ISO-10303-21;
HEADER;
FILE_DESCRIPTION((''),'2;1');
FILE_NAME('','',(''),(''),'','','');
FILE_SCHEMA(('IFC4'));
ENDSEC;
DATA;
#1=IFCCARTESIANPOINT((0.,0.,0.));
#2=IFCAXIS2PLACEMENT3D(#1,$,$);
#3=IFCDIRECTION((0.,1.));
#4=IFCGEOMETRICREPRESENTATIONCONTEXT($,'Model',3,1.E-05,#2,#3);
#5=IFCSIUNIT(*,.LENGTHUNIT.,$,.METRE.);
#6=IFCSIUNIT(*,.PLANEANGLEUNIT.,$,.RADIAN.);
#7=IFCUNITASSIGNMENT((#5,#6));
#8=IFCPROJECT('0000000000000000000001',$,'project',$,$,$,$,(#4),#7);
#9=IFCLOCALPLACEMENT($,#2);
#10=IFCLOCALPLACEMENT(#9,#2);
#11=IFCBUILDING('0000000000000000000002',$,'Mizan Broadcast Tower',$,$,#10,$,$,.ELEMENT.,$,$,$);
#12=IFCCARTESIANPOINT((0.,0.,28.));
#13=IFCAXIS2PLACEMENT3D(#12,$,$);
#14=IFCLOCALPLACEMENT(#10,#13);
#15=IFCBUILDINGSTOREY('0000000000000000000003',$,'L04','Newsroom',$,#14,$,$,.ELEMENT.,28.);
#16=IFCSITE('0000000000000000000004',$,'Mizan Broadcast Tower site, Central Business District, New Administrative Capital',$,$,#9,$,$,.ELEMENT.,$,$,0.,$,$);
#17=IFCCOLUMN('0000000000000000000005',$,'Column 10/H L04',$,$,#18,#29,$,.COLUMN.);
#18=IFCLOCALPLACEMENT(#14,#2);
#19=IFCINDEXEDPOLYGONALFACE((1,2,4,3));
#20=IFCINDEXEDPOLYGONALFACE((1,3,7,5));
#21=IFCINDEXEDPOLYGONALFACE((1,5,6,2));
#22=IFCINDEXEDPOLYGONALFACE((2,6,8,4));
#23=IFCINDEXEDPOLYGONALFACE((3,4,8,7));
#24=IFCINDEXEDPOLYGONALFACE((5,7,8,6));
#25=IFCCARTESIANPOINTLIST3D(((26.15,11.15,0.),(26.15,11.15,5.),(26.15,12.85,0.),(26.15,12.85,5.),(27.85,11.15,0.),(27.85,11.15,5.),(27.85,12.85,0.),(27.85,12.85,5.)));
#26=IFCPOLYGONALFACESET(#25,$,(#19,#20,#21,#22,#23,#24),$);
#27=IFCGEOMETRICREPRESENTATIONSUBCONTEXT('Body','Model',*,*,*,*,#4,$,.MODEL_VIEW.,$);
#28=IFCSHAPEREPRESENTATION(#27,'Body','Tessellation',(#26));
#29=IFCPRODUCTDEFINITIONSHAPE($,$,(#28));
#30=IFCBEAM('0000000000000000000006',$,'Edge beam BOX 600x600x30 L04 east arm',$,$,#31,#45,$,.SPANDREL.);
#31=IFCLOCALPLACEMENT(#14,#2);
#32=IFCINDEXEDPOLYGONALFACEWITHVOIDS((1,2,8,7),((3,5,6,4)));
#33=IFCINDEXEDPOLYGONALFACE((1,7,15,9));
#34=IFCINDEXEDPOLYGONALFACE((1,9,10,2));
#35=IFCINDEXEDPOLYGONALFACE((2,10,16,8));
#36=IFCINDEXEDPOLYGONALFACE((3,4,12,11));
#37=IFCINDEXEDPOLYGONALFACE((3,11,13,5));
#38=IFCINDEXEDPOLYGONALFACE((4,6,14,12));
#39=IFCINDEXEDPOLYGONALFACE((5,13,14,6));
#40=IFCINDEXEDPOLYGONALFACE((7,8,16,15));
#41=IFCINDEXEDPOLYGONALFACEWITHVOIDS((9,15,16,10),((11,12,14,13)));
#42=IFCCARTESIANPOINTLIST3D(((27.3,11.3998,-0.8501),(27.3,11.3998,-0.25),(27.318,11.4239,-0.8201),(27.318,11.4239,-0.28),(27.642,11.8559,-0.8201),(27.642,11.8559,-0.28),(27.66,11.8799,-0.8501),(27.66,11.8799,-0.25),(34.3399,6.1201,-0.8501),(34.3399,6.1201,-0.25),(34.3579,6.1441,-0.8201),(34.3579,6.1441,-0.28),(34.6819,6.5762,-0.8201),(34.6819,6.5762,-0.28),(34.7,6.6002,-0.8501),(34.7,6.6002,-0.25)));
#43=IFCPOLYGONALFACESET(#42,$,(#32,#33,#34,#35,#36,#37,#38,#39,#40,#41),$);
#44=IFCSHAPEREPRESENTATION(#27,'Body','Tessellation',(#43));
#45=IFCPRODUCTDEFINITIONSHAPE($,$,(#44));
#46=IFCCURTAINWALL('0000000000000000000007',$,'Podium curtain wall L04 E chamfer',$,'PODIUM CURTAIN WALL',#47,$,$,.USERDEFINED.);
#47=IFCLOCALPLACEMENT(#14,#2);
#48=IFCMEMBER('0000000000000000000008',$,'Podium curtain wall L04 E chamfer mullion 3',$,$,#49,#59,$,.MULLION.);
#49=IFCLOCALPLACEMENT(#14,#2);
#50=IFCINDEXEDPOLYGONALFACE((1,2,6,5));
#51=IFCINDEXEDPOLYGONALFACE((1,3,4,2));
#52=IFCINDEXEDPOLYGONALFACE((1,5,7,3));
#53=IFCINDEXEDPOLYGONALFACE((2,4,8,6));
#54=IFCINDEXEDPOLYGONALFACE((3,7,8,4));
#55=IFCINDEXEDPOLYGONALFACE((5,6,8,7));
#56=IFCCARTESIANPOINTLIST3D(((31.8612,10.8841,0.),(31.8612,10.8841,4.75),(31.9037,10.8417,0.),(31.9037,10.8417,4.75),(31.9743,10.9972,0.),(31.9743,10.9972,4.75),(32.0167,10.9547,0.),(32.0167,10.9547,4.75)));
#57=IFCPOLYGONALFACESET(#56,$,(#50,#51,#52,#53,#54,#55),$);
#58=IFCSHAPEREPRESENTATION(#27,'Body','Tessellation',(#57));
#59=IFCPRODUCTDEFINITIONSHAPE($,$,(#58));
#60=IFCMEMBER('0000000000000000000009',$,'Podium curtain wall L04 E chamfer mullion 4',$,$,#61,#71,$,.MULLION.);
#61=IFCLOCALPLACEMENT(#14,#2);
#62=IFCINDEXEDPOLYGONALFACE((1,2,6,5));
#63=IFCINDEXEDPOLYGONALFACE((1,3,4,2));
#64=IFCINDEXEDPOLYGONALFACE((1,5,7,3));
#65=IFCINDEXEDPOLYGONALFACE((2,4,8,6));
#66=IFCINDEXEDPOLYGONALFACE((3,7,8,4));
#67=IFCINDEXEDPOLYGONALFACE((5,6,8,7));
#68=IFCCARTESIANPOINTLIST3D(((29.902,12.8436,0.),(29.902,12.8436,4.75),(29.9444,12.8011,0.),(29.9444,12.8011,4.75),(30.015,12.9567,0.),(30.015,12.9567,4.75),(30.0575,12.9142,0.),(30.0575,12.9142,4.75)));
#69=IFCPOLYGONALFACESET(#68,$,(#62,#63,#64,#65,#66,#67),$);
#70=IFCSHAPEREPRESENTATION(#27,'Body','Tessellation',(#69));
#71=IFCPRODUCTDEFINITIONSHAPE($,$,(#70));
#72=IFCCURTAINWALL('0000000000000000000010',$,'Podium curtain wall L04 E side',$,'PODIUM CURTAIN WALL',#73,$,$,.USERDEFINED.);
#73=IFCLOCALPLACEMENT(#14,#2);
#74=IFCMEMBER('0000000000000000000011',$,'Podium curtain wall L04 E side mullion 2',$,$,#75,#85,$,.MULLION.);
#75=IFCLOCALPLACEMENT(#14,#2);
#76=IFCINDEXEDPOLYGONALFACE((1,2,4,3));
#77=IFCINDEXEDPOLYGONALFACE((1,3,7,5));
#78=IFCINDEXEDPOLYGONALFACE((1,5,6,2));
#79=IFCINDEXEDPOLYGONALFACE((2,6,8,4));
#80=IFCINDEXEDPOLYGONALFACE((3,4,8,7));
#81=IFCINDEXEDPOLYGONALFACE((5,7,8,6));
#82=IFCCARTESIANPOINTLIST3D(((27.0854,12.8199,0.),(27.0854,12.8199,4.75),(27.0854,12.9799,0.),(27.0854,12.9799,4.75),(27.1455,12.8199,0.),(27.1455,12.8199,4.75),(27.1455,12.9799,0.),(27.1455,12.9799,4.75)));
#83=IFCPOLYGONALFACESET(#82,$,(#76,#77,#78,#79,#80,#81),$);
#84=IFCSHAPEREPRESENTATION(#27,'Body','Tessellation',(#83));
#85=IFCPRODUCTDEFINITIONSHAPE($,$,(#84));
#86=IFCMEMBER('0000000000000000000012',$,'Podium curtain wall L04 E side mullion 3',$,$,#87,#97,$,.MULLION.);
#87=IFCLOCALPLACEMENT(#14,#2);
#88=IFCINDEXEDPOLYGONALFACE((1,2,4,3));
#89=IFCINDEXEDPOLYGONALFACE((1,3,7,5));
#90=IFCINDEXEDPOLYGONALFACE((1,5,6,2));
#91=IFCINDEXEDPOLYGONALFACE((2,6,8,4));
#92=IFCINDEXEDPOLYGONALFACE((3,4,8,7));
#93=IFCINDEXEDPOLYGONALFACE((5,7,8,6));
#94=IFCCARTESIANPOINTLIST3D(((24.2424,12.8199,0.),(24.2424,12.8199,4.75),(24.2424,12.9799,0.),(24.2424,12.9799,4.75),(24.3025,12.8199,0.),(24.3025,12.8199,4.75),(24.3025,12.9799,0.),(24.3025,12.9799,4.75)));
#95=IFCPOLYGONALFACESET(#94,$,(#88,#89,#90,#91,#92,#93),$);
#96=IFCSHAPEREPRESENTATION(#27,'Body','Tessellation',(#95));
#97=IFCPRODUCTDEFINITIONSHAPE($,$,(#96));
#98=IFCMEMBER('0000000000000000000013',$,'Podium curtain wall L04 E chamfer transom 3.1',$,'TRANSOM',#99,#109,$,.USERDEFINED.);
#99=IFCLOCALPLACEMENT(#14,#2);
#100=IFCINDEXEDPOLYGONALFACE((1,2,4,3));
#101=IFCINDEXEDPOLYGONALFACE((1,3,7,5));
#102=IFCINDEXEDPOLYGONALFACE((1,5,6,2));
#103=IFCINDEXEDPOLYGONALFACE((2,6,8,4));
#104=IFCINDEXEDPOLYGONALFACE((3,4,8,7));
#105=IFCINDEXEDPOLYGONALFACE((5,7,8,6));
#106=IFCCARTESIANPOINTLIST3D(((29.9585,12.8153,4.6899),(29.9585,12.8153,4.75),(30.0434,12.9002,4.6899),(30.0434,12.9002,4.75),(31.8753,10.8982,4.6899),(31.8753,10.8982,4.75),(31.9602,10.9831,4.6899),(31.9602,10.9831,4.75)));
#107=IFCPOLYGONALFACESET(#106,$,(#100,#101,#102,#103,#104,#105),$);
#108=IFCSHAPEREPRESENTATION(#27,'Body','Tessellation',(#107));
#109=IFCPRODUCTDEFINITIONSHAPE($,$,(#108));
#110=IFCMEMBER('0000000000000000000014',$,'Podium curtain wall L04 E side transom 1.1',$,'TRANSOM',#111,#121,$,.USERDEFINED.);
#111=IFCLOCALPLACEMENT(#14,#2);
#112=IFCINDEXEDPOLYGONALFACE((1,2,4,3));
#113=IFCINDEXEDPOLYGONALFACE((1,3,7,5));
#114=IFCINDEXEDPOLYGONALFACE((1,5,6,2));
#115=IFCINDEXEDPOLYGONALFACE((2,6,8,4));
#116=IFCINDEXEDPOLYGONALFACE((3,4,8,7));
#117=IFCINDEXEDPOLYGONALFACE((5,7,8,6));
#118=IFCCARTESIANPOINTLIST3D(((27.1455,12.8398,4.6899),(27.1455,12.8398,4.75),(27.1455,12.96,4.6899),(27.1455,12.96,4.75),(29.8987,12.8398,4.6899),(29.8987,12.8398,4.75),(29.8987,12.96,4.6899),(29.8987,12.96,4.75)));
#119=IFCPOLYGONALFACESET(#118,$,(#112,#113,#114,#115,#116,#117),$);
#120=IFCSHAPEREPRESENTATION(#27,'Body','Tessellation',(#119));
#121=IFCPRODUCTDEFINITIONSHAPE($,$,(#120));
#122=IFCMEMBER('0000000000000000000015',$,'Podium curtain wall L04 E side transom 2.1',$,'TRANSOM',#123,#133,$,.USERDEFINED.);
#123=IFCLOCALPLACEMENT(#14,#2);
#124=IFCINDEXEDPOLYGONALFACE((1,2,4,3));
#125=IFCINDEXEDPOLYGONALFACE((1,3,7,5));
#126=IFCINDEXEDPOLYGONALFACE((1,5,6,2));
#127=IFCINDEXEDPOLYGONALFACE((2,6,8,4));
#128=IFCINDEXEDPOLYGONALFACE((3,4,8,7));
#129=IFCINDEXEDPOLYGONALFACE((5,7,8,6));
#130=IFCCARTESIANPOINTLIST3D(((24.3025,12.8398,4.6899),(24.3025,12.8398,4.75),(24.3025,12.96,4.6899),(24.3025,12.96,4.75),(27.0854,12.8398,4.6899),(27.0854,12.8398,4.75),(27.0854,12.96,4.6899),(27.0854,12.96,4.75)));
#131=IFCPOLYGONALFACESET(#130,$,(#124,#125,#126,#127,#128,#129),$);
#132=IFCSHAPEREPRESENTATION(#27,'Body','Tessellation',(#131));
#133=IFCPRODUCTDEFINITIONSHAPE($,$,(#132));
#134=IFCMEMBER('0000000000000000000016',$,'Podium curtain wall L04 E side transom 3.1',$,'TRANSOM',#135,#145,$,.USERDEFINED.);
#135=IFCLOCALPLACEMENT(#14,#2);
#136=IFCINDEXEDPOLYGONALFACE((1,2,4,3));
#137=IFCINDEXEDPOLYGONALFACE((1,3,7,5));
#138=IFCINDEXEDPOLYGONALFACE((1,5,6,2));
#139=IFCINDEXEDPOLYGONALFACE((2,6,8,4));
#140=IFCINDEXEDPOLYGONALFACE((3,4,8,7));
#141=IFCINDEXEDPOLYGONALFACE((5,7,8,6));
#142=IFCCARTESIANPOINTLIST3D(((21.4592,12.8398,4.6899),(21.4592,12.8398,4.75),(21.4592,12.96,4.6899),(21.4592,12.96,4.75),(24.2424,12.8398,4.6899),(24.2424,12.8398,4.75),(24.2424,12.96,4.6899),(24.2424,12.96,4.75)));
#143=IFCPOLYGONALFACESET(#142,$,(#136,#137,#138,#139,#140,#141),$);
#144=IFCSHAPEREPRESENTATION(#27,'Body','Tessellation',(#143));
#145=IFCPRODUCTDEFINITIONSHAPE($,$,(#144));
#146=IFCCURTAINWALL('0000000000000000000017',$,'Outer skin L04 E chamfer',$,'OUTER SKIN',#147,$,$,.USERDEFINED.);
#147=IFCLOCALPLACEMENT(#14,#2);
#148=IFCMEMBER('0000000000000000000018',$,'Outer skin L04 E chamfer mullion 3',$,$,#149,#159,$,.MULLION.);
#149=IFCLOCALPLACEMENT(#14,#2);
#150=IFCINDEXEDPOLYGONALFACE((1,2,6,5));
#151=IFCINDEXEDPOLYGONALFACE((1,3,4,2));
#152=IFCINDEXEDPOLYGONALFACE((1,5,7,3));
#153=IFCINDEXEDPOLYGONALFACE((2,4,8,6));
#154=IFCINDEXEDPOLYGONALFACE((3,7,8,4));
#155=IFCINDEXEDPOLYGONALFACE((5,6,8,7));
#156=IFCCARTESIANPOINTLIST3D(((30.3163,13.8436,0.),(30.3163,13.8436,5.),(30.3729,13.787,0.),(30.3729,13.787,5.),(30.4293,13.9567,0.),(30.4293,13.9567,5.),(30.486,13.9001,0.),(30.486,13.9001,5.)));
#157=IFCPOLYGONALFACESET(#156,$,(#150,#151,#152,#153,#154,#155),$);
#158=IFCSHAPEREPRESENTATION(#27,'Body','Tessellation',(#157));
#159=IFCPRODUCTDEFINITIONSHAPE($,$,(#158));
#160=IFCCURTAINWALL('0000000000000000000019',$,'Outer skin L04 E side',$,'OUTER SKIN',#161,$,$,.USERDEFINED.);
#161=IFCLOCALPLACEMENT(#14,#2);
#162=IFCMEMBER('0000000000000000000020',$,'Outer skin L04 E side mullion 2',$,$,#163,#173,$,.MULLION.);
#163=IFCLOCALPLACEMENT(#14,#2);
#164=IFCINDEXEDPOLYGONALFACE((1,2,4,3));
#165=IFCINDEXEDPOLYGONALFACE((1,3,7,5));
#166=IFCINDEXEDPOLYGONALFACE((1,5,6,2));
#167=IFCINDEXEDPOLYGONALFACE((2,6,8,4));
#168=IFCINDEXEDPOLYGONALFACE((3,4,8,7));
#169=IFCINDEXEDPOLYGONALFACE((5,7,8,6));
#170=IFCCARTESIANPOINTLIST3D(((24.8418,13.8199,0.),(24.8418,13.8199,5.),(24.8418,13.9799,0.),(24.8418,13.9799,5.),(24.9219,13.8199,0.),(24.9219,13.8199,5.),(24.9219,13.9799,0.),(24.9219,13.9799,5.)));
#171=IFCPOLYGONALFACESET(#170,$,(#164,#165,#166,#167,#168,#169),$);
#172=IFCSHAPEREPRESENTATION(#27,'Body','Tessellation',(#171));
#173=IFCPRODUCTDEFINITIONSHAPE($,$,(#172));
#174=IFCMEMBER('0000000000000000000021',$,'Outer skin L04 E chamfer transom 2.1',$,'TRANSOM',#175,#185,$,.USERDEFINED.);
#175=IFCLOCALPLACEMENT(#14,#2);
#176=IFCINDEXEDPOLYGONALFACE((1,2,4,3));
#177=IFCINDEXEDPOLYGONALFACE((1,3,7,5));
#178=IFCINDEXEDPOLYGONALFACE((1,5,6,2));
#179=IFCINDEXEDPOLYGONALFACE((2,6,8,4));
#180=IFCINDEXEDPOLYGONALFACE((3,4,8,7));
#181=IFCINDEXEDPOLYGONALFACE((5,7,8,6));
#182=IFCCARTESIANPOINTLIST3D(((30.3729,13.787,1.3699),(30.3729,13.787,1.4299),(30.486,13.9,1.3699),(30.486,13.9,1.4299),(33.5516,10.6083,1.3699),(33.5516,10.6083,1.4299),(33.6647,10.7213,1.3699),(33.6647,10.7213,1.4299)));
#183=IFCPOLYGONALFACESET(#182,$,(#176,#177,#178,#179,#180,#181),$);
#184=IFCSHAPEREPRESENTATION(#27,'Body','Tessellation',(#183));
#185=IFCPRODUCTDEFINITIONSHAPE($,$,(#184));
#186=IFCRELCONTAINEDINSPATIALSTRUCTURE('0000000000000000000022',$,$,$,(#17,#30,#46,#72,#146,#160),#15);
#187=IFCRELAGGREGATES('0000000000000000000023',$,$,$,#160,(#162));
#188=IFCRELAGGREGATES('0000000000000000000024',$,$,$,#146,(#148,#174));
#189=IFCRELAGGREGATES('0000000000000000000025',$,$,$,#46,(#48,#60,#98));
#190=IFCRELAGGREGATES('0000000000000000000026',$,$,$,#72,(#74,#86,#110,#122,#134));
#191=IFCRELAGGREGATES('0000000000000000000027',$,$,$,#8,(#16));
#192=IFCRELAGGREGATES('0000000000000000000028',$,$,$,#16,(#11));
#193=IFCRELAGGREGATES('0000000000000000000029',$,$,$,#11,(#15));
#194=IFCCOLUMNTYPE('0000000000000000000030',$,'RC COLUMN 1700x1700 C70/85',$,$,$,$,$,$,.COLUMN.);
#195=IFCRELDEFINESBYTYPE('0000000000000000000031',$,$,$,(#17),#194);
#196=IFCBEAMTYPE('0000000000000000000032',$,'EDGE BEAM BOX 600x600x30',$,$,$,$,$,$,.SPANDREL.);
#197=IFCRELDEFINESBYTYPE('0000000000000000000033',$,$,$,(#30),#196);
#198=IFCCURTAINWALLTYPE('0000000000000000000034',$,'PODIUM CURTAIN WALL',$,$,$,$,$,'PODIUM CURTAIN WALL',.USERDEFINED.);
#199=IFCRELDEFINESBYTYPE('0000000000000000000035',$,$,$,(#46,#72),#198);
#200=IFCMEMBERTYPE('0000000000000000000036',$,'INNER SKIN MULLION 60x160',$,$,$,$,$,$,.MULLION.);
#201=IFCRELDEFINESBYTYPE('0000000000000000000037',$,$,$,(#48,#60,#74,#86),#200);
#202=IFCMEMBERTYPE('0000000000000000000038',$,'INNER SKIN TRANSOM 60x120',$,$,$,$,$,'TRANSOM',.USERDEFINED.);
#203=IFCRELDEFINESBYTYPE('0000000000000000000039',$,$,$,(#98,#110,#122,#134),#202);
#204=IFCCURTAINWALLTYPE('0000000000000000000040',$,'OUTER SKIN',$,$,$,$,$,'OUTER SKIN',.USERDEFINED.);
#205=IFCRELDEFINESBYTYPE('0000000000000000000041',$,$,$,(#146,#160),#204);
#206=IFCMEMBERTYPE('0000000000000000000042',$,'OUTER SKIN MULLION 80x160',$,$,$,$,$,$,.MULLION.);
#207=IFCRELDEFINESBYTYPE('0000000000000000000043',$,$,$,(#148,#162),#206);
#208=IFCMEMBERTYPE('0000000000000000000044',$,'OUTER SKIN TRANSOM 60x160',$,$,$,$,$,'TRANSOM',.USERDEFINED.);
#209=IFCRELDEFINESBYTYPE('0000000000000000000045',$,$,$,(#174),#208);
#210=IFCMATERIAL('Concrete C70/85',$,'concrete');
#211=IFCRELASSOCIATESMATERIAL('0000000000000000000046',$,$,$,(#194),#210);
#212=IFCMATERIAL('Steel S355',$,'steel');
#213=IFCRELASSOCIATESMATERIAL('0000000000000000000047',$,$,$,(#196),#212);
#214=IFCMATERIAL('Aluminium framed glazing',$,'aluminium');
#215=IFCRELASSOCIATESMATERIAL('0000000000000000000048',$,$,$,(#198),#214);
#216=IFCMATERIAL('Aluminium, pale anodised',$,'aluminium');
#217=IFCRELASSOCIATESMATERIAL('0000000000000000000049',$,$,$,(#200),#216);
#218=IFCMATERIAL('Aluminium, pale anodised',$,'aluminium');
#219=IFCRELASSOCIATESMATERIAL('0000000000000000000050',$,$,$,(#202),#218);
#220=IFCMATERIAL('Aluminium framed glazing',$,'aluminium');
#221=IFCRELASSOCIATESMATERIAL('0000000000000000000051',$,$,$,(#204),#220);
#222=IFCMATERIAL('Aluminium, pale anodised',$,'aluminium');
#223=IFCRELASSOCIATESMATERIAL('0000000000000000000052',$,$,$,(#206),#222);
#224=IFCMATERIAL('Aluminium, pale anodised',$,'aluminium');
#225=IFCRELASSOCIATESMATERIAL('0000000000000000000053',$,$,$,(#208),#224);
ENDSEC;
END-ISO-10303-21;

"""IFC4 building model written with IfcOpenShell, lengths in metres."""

from ifc_helpers import new_model, si_unit, direction, frame, origin, origin_2d, place, context, subcontext, project, spatial, rectangle, hollow_rectangle, extrude, material, material_profile, profile_set, type_object, element, aggregate, save


model = new_model("IFC4")

# Units and contexts
model_context = context("Model", 3, precision=1e-05, world=origin(), true_north=direction((0.0, 1.0)))
body_context = subcontext(model_context, "Body", "Model", "MODEL_VIEW")
ifc_project = project(units=[si_unit("LENGTHUNIT", "METRE"), si_unit("PLANEANGLEUNIT", "RADIAN")], contexts=[model_context])

# Site, building, storey
site_placement = place(None, origin())
site = spatial("IfcSite", under=ifc_project, at=site_placement, Name="Mizan Broadcast Tower site, Central Business District, New Administrative Capital", CompositionType="ELEMENT", RefElevation=0.0)
building_placement = place(site_placement, origin())
building = spatial("IfcBuilding", under=site, at=building_placement, Name="Mizan Broadcast Tower", CompositionType="ELEMENT")
storey_placement = place(building_placement, frame((0.0, 0.0, 28.0)))
storey = spatial("IfcBuildingStorey", under=building, at=storey_placement, Name="L04", Description="Newsroom", CompositionType="ELEMENT", Elevation=28.0)

# Column
ifc_material_1 = material(Name="Concrete C70/85", Category="concrete")
ifc_material_profile_1 = material_profile(ifc_material_1, rectangle(XDim=1.7, YDim=1.7, at=origin_2d()), Name="RC 1700x1700")
ifc_profile_set_1 = profile_set([ifc_material_profile_1], Name="Concrete C70/85")
column_type = type_object("IfcColumnType", Name="RC COLUMN 1700x1700 C70/85", PredefinedType="COLUMN", material=ifc_profile_set_1)
column_placement = place(storey_placement, frame((27.0, 12.0, 0.0), z_axis=(0.0, 0.0, 1.0), x_axis=(1.0, 0.0, 0.0)))
element("IfcColumn", 1, at=column_placement, inside=storey, type_object=column_type, Name="Column 10/H L04", PredefinedType="COLUMN", context=body_context, shape_type="SweptSolid", body=[
    extrude(rectangle(XDim=1.7, YDim=1.7, at=origin_2d()), origin(), (0.0, 0.0, 1.0), 5.0),
])

# Beam
ifc_material_2 = material(Name="Steel S355", Category="steel")
ifc_material_profile_2 = material_profile(ifc_material_2, hollow_rectangle(XDim=0.6001, YDim=0.6001, WallThickness=0.03, at=origin_2d()), Name="BOX 600x600x30")
ifc_profile_set_2 = profile_set([ifc_material_profile_2], Name="Steel S355")
beam_type = type_object("IfcBeamType", Name="EDGE BEAM BOX 600x600x30", PredefinedType="SPANDREL", material=ifc_profile_set_2)
beam_placement = place(storey_placement, frame((27.48, 11.6399, -0.55), z_axis=(0.800013, -0.599982, 0.0), x_axis=(0.599982, 0.800013, 0.0)))
element("IfcBeam", 2, at=beam_placement, inside=storey, type_object=beam_type, Name="Edge beam BOX 600x600x30 L04 east arm", PredefinedType="SPANDREL", context=body_context, shape_type="SweptSolid", body=[
    extrude(hollow_rectangle(XDim=0.6001, YDim=0.6001, WallThickness=0.03, at=origin_2d()), origin(), (0.0, 0.0, 1.0), 8.7998),
])

# Curtain walls, members
ifc_material_3 = material(Name="Aluminium framed glazing", Category="aluminium")
curtain_wall_type_1 = type_object("IfcCurtainWallType", Name="PODIUM CURTAIN WALL", ElementType="PODIUM CURTAIN WALL", PredefinedType="USERDEFINED", material=ifc_material_3)
curtain_wall_1_placement = place(storey_placement, origin())
curtain_wall_1 = element("IfcCurtainWall", 3, at=curtain_wall_1_placement, inside=storey, type_object=curtain_wall_type_1, Name="Podium curtain wall L04 E chamfer", ObjectType="PODIUM CURTAIN WALL", PredefinedType="USERDEFINED")
ifc_material_4 = material(Name="Aluminium, pale anodised", Category="aluminium")
ifc_material_profile_3 = material_profile(ifc_material_4, rectangle(XDim=0.1599, YDim=0.0601, at=origin_2d()), Name="MULLION 160x60")
ifc_profile_set_3 = profile_set([ifc_material_profile_3], Name="Aluminium, pale anodised")
member_type_1 = type_object("IfcMemberType", Name="INNER SKIN MULLION 60x160", PredefinedType="MULLION", material=ifc_profile_set_3)
member_1_placement = place(storey_placement, frame((31.939, 10.9194, 0.0), z_axis=(0.0, 0.0, 1.0), x_axis=(-0.707107, -0.707107, 0.0)))
member_1 = element("IfcMember", 4, at=member_1_placement, type_object=member_type_1, Name="Podium curtain wall L04 E chamfer mullion 3", PredefinedType="MULLION", context=body_context, shape_type="SweptSolid", body=[
    extrude(rectangle(XDim=0.1599, YDim=0.0601, at=origin_2d()), origin(), (0.0, 0.0, 1.0), 4.75),
])
member_2_placement = place(storey_placement, frame((29.9797, 12.8789, 0.0), z_axis=(0.0, 0.0, 1.0), x_axis=(-0.707107, -0.707107, 0.0)))
member_2 = element("IfcMember", 5, at=member_2_placement, type_object=member_type_1, Name="Podium curtain wall L04 E chamfer mullion 4", PredefinedType="MULLION", context=body_context, shape_type="SweptSolid", body=[
    extrude(rectangle(XDim=0.1599, YDim=0.0601, at=origin_2d()), origin(), (0.0, 0.0, 1.0), 4.75),
])
curtain_wall_2_placement = place(storey_placement, origin())
curtain_wall_2 = element("IfcCurtainWall", 6, at=curtain_wall_2_placement, inside=storey, type_object=curtain_wall_type_1, Name="Podium curtain wall L04 E side", ObjectType="PODIUM CURTAIN WALL", PredefinedType="USERDEFINED")
member_3_placement = place(storey_placement, frame((27.1155, 12.8999, 0.0), z_axis=(0.0, 0.0, 1.0), x_axis=(0.0, -1.0, 0.0)))
member_3 = element("IfcMember", 7, at=member_3_placement, type_object=member_type_1, Name="Podium curtain wall L04 E side mullion 2", PredefinedType="MULLION", context=body_context, shape_type="SweptSolid", body=[
    extrude(rectangle(XDim=0.1599, YDim=0.0601, at=origin_2d()), origin(), (0.0, 0.0, 1.0), 4.75),
])
member_4_placement = place(storey_placement, frame((24.2725, 12.8999, 0.0), z_axis=(0.0, 0.0, 1.0), x_axis=(0.0, -1.0, 0.0)))
member_4 = element("IfcMember", 8, at=member_4_placement, type_object=member_type_1, Name="Podium curtain wall L04 E side mullion 3", PredefinedType="MULLION", context=body_context, shape_type="SweptSolid", body=[
    extrude(rectangle(XDim=0.1599, YDim=0.0601, at=origin_2d()), origin(), (0.0, 0.0, 1.0), 4.75),
])

# Members
ifc_material_5 = material(Name="Aluminium, pale anodised", Category="aluminium")
ifc_material_profile_4 = material_profile(ifc_material_5, rectangle(XDim=0.1201, YDim=0.0601, at=origin_2d()), Name="TRANSOM 120x60")
ifc_profile_set_4 = profile_set([ifc_material_profile_4], Name="Aluminium, pale anodised")
member_type_2 = type_object("IfcMemberType", Name="INNER SKIN TRANSOM 60x120", ElementType="TRANSOM", PredefinedType="USERDEFINED", material=ifc_profile_set_4)
member_5_placement = place(storey_placement, frame((31.9177, 10.9407, 4.72), z_axis=(-0.707062, 0.707152, 0.0), x_axis=(-0.707152, -0.707062, 0.0)))
member_5 = element("IfcMember", 9, at=member_5_placement, type_object=member_type_2, Name="Podium curtain wall L04 E chamfer transom 3.1", ObjectType="TRANSOM", PredefinedType="USERDEFINED", context=body_context, shape_type="SweptSolid", body=[
    extrude(rectangle(XDim=0.1201, YDim=0.0601, at=origin_2d()), origin(), (0.0, 0.0, 1.0), 2.7109),
])
member_6_placement = place(storey_placement, frame((29.8987, 12.8999, 4.72), z_axis=(-1.0, 0.0, 0.0), x_axis=(0.0, -1.0, 0.0)))
member_6 = element("IfcMember", 10, at=member_6_placement, type_object=member_type_2, Name="Podium curtain wall L04 E side transom 1.1", ObjectType="TRANSOM", PredefinedType="USERDEFINED", context=body_context, shape_type="SweptSolid", body=[
    extrude(rectangle(XDim=0.1201, YDim=0.0601, at=origin_2d()), origin(), (0.0, 0.0, 1.0), 2.7532),
])
member_7_placement = place(storey_placement, frame((27.0854, 12.8999, 4.72), z_axis=(-1.0, 0.0, 0.0), x_axis=(0.0, -1.0, 0.0)))
member_7 = element("IfcMember", 11, at=member_7_placement, type_object=member_type_2, Name="Podium curtain wall L04 E side transom 2.1", ObjectType="TRANSOM", PredefinedType="USERDEFINED", context=body_context, shape_type="SweptSolid", body=[
    extrude(rectangle(XDim=0.1201, YDim=0.0601, at=origin_2d()), origin(), (0.0, 0.0, 1.0), 2.783),
])
member_8_placement = place(storey_placement, frame((24.2424, 12.8999, 4.72), z_axis=(-1.0, 0.0, 0.0), x_axis=(0.0, -1.0, 0.0)))
member_8 = element("IfcMember", 12, at=member_8_placement, type_object=member_type_2, Name="Podium curtain wall L04 E side transom 3.1", ObjectType="TRANSOM", PredefinedType="USERDEFINED", context=body_context, shape_type="SweptSolid", body=[
    extrude(rectangle(XDim=0.1201, YDim=0.0601, at=origin_2d()), origin(), (0.0, 0.0, 1.0), 2.7832),
])

# Curtain walls, members
ifc_material_6 = material(Name="Aluminium framed glazing", Category="aluminium")
curtain_wall_type_2 = type_object("IfcCurtainWallType", Name="OUTER SKIN", ElementType="OUTER SKIN", PredefinedType="USERDEFINED", material=ifc_material_6)
curtain_wall_3_placement = place(storey_placement, origin())
curtain_wall_3 = element("IfcCurtainWall", 13, at=curtain_wall_3_placement, inside=storey, type_object=curtain_wall_type_2, Name="Outer skin L04 E chamfer", ObjectType="OUTER SKIN", PredefinedType="USERDEFINED")
ifc_material_7 = material(Name="Aluminium, pale anodised", Category="aluminium")
ifc_material_profile_5 = material_profile(ifc_material_7, rectangle(XDim=0.1599, YDim=0.0801, at=origin_2d()), Name="MULLION 160x80")
ifc_profile_set_5 = profile_set([ifc_material_profile_5], Name="Aluminium, pale anodised")
member_type_3 = type_object("IfcMemberType", Name="OUTER SKIN MULLION 80x160", PredefinedType="MULLION", material=ifc_profile_set_5)
member_9_placement = place(storey_placement, frame((30.4011, 13.8718, 0.0), z_axis=(0.0, 0.0, 1.0), x_axis=(-0.707107, -0.707107, 0.0)))
member_9 = element("IfcMember", 14, at=member_9_placement, type_object=member_type_3, Name="Outer skin L04 E chamfer mullion 3", PredefinedType="MULLION", context=body_context, shape_type="SweptSolid", body=[
    extrude(rectangle(XDim=0.1599, YDim=0.0801, at=origin_2d()), origin(), (0.0, 0.0, 1.0), 5.0),
])
curtain_wall_4_placement = place(storey_placement, origin())
curtain_wall_4 = element("IfcCurtainWall", 15, at=curtain_wall_4_placement, inside=storey, type_object=curtain_wall_type_2, Name="Outer skin L04 E side", ObjectType="OUTER SKIN", PredefinedType="USERDEFINED")
member_10_placement = place(storey_placement, frame((24.8818, 13.8999, 0.0), z_axis=(0.0, 0.0, 1.0), x_axis=(0.0, -1.0, 0.0)))
member_10 = element("IfcMember", 16, at=member_10_placement, type_object=member_type_3, Name="Outer skin L04 E side mullion 2", PredefinedType="MULLION", context=body_context, shape_type="SweptSolid", body=[
    extrude(rectangle(XDim=0.1599, YDim=0.0801, at=origin_2d()), origin(), (0.0, 0.0, 1.0), 5.0),
])

# Member
ifc_material_8 = material(Name="Aluminium, pale anodised", Category="aluminium")
ifc_material_profile_6 = material_profile(ifc_material_8, rectangle(XDim=0.1599, YDim=0.0601, at=origin_2d()), Name="TRANSOM 160x60")
ifc_profile_set_6 = profile_set([ifc_material_profile_6], Name="Aluminium, pale anodised")
member_type_4 = type_object("IfcMemberType", Name="OUTER SKIN TRANSOM 60x160", ElementType="TRANSOM", PredefinedType="USERDEFINED", material=ifc_profile_set_6)
member_11_placement = place(storey_placement, frame((33.6082, 10.6648, 1.3999), z_axis=(-0.707107, 0.707107, 0.0), x_axis=(-0.707107, -0.707107, 0.0)))
member_11 = element("IfcMember", 17, at=member_11_placement, type_object=member_type_4, Name="Outer skin L04 E chamfer transom 2.1", ObjectType="TRANSOM", PredefinedType="USERDEFINED", context=body_context, shape_type="SweptSolid", body=[
    extrude(rectangle(XDim=0.1599, YDim=0.0601, at=origin_2d()), origin(), (0.0, 0.0, 1.0), 4.4954),
])

aggregate(curtain_wall_4, [member_10])
aggregate(curtain_wall_3, [member_9, member_11])
aggregate(curtain_wall_1, [member_1, member_2, member_5])
aggregate(curtain_wall_2, [member_3, member_4, member_6, member_7, member_8])

save(model, "model.ifc")
